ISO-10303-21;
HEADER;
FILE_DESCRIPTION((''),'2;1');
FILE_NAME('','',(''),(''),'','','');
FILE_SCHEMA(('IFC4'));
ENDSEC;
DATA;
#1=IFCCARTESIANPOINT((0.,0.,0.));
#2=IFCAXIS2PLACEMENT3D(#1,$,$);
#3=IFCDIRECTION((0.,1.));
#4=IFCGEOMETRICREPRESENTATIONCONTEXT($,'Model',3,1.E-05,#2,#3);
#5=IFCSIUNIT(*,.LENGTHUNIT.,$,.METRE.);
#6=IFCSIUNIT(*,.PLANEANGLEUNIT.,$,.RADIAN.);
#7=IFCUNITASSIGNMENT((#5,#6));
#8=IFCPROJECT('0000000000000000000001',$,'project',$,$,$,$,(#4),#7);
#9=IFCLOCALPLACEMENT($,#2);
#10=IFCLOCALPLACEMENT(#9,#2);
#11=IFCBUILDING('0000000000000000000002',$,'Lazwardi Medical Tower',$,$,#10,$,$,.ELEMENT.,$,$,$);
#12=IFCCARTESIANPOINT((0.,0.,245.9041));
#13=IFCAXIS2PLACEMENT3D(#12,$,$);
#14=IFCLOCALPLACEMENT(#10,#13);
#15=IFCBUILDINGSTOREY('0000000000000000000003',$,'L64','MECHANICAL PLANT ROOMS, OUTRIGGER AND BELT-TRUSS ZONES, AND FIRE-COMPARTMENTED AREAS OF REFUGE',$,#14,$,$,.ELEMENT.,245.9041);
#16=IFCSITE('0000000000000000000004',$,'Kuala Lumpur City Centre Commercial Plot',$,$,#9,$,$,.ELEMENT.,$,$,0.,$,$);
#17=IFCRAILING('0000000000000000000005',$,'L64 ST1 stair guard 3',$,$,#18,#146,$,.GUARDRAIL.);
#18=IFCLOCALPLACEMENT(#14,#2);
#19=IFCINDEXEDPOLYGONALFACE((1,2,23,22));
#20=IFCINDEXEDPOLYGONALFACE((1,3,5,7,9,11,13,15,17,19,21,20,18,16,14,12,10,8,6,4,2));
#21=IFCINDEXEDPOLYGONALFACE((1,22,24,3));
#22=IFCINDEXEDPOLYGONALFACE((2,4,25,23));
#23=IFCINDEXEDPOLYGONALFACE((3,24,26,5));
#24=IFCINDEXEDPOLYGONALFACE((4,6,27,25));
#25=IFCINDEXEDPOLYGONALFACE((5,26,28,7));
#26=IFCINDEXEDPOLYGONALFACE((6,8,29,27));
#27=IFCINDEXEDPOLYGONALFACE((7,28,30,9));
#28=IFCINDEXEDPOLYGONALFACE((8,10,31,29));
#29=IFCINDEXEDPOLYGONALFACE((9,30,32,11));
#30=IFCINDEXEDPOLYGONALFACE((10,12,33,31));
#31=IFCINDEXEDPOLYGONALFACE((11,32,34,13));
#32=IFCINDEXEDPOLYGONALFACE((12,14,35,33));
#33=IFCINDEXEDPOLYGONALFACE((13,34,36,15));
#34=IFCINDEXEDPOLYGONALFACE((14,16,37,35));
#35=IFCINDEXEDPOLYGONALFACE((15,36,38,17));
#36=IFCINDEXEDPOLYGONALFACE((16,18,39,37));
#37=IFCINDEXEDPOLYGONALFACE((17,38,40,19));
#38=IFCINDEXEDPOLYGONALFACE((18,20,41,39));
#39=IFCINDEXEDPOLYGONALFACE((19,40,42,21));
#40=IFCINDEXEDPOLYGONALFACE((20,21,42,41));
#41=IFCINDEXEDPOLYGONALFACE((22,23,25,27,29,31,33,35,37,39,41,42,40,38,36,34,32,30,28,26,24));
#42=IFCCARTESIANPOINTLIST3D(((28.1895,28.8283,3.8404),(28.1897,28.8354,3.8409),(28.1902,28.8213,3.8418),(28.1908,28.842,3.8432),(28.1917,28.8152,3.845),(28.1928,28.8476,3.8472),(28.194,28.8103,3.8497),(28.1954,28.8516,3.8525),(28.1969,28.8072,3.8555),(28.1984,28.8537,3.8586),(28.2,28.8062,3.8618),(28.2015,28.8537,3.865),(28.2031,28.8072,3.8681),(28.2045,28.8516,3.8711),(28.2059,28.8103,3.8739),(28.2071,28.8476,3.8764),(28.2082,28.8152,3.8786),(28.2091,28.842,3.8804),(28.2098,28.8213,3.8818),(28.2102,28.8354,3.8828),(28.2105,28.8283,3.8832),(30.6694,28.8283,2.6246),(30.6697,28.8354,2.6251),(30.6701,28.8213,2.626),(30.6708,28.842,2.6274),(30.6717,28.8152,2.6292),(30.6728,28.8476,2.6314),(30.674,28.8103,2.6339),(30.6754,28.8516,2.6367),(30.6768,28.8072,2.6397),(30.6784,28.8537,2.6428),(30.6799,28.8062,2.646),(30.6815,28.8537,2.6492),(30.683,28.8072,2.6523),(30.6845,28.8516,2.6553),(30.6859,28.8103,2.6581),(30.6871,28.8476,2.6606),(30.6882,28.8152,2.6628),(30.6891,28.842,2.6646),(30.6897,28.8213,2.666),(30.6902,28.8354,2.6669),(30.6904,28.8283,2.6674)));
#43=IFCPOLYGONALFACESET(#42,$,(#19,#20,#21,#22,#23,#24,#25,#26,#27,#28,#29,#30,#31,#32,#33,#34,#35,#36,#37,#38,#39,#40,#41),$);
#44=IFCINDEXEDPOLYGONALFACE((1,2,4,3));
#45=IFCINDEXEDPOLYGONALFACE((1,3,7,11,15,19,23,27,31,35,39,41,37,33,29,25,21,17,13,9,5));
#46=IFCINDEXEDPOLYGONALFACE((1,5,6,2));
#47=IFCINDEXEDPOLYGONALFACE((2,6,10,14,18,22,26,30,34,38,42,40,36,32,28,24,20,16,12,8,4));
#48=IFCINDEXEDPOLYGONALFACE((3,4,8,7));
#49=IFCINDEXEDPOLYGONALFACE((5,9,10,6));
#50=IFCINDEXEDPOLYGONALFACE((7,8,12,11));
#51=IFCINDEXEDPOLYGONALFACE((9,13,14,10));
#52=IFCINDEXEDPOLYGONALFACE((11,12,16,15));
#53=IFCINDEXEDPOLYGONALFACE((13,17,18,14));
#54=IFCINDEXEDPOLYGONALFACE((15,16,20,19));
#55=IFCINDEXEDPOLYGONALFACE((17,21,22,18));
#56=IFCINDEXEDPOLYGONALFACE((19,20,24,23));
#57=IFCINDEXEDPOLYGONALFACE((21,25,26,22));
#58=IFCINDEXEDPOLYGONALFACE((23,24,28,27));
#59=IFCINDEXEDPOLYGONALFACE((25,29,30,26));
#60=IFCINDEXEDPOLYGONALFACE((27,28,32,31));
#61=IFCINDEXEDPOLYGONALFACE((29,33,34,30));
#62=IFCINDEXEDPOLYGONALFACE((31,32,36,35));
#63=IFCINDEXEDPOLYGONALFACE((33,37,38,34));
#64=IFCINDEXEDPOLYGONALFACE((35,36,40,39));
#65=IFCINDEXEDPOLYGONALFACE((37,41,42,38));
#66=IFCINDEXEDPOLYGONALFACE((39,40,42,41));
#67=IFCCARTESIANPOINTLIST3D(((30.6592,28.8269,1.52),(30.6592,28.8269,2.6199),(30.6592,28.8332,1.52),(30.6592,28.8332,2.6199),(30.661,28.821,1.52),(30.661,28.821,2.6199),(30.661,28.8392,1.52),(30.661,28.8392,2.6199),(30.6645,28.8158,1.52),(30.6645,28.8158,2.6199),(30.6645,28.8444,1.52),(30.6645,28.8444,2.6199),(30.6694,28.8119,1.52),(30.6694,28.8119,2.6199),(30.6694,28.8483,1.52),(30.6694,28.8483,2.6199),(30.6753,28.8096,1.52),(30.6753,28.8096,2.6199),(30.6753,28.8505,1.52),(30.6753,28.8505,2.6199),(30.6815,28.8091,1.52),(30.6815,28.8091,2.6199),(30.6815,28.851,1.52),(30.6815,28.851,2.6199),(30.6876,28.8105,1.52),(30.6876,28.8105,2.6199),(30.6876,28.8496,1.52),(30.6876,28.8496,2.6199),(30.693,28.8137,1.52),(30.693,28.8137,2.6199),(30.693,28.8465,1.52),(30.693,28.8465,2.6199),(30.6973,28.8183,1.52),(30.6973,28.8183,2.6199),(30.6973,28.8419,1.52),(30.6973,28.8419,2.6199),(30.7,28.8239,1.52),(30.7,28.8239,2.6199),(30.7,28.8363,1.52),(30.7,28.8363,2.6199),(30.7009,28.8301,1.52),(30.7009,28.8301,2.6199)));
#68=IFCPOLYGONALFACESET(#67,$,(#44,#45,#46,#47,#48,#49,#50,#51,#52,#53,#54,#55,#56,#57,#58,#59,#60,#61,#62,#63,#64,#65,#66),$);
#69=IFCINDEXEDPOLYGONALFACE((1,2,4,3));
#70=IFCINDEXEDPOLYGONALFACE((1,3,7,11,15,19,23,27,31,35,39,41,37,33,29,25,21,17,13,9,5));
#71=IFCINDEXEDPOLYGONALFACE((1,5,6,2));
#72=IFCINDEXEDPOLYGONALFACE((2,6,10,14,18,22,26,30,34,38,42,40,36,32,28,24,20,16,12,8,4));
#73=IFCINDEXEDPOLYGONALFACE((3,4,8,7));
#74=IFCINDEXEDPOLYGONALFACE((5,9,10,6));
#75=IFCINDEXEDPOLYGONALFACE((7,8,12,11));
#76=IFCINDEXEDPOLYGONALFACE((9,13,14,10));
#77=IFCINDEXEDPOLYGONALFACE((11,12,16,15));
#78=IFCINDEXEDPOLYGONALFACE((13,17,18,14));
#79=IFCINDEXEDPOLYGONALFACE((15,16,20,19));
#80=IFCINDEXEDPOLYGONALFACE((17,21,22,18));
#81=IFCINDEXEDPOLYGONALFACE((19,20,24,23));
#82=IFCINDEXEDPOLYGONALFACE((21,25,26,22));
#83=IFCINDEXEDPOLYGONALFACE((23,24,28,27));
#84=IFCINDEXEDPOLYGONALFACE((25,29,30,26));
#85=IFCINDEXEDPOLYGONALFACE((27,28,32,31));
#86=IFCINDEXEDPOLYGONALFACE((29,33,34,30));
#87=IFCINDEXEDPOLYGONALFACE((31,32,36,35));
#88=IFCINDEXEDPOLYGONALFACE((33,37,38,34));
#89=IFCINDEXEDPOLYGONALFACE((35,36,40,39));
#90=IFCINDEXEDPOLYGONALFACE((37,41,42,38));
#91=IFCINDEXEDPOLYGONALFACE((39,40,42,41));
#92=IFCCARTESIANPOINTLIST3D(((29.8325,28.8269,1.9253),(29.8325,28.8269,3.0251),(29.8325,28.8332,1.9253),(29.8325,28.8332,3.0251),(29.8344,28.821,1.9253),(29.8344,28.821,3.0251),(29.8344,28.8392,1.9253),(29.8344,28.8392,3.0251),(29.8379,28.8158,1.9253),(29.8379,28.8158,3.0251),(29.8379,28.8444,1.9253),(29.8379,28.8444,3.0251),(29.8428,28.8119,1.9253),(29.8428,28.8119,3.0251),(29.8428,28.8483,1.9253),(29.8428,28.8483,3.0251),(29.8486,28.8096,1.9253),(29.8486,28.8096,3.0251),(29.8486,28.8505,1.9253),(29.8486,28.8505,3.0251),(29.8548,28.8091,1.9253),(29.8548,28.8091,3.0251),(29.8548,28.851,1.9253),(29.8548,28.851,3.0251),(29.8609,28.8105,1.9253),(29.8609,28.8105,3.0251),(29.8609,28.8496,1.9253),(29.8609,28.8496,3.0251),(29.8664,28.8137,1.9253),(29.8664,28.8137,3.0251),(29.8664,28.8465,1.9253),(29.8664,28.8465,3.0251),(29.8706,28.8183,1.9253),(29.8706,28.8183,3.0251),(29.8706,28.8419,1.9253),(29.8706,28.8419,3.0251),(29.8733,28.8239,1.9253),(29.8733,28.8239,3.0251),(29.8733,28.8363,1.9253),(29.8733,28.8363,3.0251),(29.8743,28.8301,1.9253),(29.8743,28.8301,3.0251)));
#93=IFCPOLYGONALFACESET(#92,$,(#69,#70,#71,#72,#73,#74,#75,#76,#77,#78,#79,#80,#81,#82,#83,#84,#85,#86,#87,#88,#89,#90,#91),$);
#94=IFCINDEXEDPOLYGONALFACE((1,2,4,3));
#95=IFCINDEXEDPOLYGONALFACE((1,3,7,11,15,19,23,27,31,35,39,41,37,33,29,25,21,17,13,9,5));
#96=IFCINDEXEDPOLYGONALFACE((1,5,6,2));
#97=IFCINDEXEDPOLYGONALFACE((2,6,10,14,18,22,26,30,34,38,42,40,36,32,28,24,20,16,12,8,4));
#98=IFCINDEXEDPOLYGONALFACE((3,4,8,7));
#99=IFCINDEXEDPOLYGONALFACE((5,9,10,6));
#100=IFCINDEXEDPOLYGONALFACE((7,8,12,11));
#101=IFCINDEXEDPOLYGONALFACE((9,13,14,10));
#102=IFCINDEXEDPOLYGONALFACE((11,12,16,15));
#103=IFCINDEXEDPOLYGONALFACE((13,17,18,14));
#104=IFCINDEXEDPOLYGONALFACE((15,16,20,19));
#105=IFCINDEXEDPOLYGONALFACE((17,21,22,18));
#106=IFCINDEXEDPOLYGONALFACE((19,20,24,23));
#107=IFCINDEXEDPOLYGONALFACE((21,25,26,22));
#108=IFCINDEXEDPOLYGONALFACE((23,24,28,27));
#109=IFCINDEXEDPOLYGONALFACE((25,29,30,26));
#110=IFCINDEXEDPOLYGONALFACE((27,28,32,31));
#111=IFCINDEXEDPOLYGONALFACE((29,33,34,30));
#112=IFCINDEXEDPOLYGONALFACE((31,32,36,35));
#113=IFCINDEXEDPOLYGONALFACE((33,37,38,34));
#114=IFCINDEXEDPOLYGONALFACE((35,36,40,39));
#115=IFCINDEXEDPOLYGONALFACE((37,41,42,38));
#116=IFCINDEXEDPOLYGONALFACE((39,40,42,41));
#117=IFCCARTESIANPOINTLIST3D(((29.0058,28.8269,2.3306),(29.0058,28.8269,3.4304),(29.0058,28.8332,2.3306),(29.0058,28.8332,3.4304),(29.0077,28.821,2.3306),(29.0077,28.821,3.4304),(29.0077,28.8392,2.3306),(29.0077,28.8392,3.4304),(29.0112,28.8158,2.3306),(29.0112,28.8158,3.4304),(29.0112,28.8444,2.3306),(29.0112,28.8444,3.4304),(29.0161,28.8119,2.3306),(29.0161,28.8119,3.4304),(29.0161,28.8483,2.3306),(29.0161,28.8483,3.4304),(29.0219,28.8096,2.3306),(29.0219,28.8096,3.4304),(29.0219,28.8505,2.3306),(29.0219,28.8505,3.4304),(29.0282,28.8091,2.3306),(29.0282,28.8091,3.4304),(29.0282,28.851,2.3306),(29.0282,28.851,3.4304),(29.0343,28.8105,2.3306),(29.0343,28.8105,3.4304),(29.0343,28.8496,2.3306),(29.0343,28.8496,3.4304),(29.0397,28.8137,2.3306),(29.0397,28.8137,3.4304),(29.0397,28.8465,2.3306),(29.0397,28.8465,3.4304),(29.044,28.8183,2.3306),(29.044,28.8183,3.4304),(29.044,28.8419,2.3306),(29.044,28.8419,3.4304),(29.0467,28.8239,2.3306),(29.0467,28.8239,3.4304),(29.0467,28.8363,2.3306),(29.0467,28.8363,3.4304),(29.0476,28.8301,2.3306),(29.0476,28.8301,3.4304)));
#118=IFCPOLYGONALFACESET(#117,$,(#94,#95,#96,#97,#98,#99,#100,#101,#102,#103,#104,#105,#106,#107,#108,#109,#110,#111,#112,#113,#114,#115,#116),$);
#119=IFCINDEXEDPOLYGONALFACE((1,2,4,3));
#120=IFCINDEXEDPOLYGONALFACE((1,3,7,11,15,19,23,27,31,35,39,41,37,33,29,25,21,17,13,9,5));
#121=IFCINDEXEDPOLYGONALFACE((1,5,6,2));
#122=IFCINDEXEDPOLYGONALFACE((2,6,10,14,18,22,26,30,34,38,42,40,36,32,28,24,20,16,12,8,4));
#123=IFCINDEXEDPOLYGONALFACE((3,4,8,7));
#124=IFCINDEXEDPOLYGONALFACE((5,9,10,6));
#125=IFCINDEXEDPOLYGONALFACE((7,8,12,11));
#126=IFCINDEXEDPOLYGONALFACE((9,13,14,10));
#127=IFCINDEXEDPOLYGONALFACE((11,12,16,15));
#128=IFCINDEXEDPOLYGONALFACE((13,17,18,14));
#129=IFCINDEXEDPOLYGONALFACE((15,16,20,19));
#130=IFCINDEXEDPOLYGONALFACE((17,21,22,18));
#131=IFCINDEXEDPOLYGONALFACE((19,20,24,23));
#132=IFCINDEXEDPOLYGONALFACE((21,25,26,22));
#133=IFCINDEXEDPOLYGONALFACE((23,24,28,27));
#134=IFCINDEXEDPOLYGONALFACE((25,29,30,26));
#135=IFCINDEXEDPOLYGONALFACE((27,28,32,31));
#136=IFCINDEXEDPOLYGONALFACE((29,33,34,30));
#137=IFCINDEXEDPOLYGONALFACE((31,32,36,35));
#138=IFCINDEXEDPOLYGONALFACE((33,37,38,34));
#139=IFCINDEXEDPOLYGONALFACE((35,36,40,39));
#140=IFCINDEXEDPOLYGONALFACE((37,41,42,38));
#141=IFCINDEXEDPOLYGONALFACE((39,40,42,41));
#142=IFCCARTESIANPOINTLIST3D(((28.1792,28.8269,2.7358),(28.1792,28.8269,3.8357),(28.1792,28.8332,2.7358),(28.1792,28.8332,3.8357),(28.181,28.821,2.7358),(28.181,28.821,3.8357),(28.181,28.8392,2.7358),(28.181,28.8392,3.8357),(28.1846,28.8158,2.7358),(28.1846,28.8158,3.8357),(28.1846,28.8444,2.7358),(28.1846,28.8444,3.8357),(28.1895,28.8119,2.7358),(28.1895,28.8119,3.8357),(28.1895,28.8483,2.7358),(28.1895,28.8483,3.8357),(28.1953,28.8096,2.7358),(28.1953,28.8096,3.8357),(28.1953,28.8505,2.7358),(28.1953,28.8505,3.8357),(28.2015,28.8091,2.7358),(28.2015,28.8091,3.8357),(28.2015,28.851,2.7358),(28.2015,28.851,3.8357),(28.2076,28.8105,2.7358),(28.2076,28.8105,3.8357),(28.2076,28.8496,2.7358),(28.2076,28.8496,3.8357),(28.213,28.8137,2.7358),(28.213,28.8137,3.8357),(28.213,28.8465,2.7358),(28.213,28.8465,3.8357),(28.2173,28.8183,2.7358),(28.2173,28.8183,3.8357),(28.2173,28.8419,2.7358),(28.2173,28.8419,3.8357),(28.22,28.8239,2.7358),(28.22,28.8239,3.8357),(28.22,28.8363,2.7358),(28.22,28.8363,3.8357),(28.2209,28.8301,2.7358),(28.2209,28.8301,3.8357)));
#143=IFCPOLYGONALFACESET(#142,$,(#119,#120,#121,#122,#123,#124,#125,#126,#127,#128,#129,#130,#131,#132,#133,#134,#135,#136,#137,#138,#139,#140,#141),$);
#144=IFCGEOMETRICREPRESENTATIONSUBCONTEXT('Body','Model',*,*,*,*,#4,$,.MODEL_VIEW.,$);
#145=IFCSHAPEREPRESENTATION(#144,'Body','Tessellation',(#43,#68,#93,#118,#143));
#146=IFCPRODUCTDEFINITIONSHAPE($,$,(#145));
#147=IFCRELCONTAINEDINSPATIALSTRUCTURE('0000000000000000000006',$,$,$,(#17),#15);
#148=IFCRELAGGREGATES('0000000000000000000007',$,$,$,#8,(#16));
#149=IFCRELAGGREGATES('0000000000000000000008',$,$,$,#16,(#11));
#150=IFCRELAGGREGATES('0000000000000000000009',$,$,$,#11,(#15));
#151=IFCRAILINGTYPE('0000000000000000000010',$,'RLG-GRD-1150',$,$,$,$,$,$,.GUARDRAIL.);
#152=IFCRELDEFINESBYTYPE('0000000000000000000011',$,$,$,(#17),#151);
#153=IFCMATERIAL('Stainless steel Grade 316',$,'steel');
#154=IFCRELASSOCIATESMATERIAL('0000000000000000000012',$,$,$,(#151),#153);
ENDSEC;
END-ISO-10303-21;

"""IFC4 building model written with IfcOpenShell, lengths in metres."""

from ifc_helpers import new_model, si_unit, direction, frame, origin, origin_2d, place, context, subcontext, project, spatial, circle, extrude, material, type_object, element, save


model = new_model("IFC4")

# Units and contexts
model_context = context("Model", 3, precision=1e-05, world=origin(), true_north=direction((0.0, 1.0)))
body_context = subcontext(model_context, "Body", "Model", "MODEL_VIEW")
ifc_project = project(units=[si_unit("LENGTHUNIT", "METRE"), si_unit("PLANEANGLEUNIT", "RADIAN")], contexts=[model_context])

# Site, building, storey
site_placement = place(None, origin())
site = spatial("IfcSite", under=ifc_project, at=site_placement, Name="Kuala Lumpur City Centre Commercial Plot", CompositionType="ELEMENT", RefElevation=0.0)
building_placement = place(site_placement, origin())
building = spatial("IfcBuilding", under=site, at=building_placement, Name="Lazwardi Medical Tower", CompositionType="ELEMENT")
storey_placement = place(building_placement, frame((0.0, 0.0, 245.9041)))
storey = spatial("IfcBuildingStorey", under=building, at=storey_placement, Name="L64", Description="MECHANICAL PLANT ROOMS, OUTRIGGER AND BELT-TRUSS ZONES, AND FIRE-COMPARTMENTED AREAS OF REFUGE", CompositionType="ELEMENT", Elevation=245.9041)

# Railing
ifc_material_1 = material(Name="Stainless steel Grade 316", Category="steel")
railing_type_1 = type_object("IfcRailingType", Name="RLG-GRD-1150", PredefinedType="GUARDRAIL", material=ifc_material_1)
railing_1_placement = place(storey_placement, frame((30.6799, 28.8301, 1.52)))
element("IfcRailing", 1, at=railing_1_placement, inside=storey, type_object=railing_type_1, Name="L64 ST1 stair guard 3", PredefinedType="GUARDRAIL", context=body_context, shape_type="SweptSolid", body=[
    extrude(circle(Radius=0.0239, at=origin_2d()), frame((0.0, 0.0, 1.126), z_axis=(-0.8979, 0.0, 0.440199), x_axis=(0.0, -1.0, 0.0)), (0.0, 0.0, 1.0), 2.762),
    extrude(circle(Radius=0.021, at=origin_2d()), origin(), (0.0, 0.0, 1.0), 1.0999),
    extrude(circle(Radius=0.021, at=origin_2d()), frame((-0.8267, 0.0, 0.4053)), (0.0, 0.0, 1.0), 1.0999),
    extrude(circle(Radius=0.021, at=origin_2d()), frame((-1.6533, 0.0, 0.8105)), (0.0, 0.0, 1.0), 1.0999),
    extrude(circle(Radius=0.021, at=origin_2d()), frame((-2.48, 0.0, 1.2158)), (0.0, 0.0, 1.0), 1.0999),
])

save(model, "model.ifc")
